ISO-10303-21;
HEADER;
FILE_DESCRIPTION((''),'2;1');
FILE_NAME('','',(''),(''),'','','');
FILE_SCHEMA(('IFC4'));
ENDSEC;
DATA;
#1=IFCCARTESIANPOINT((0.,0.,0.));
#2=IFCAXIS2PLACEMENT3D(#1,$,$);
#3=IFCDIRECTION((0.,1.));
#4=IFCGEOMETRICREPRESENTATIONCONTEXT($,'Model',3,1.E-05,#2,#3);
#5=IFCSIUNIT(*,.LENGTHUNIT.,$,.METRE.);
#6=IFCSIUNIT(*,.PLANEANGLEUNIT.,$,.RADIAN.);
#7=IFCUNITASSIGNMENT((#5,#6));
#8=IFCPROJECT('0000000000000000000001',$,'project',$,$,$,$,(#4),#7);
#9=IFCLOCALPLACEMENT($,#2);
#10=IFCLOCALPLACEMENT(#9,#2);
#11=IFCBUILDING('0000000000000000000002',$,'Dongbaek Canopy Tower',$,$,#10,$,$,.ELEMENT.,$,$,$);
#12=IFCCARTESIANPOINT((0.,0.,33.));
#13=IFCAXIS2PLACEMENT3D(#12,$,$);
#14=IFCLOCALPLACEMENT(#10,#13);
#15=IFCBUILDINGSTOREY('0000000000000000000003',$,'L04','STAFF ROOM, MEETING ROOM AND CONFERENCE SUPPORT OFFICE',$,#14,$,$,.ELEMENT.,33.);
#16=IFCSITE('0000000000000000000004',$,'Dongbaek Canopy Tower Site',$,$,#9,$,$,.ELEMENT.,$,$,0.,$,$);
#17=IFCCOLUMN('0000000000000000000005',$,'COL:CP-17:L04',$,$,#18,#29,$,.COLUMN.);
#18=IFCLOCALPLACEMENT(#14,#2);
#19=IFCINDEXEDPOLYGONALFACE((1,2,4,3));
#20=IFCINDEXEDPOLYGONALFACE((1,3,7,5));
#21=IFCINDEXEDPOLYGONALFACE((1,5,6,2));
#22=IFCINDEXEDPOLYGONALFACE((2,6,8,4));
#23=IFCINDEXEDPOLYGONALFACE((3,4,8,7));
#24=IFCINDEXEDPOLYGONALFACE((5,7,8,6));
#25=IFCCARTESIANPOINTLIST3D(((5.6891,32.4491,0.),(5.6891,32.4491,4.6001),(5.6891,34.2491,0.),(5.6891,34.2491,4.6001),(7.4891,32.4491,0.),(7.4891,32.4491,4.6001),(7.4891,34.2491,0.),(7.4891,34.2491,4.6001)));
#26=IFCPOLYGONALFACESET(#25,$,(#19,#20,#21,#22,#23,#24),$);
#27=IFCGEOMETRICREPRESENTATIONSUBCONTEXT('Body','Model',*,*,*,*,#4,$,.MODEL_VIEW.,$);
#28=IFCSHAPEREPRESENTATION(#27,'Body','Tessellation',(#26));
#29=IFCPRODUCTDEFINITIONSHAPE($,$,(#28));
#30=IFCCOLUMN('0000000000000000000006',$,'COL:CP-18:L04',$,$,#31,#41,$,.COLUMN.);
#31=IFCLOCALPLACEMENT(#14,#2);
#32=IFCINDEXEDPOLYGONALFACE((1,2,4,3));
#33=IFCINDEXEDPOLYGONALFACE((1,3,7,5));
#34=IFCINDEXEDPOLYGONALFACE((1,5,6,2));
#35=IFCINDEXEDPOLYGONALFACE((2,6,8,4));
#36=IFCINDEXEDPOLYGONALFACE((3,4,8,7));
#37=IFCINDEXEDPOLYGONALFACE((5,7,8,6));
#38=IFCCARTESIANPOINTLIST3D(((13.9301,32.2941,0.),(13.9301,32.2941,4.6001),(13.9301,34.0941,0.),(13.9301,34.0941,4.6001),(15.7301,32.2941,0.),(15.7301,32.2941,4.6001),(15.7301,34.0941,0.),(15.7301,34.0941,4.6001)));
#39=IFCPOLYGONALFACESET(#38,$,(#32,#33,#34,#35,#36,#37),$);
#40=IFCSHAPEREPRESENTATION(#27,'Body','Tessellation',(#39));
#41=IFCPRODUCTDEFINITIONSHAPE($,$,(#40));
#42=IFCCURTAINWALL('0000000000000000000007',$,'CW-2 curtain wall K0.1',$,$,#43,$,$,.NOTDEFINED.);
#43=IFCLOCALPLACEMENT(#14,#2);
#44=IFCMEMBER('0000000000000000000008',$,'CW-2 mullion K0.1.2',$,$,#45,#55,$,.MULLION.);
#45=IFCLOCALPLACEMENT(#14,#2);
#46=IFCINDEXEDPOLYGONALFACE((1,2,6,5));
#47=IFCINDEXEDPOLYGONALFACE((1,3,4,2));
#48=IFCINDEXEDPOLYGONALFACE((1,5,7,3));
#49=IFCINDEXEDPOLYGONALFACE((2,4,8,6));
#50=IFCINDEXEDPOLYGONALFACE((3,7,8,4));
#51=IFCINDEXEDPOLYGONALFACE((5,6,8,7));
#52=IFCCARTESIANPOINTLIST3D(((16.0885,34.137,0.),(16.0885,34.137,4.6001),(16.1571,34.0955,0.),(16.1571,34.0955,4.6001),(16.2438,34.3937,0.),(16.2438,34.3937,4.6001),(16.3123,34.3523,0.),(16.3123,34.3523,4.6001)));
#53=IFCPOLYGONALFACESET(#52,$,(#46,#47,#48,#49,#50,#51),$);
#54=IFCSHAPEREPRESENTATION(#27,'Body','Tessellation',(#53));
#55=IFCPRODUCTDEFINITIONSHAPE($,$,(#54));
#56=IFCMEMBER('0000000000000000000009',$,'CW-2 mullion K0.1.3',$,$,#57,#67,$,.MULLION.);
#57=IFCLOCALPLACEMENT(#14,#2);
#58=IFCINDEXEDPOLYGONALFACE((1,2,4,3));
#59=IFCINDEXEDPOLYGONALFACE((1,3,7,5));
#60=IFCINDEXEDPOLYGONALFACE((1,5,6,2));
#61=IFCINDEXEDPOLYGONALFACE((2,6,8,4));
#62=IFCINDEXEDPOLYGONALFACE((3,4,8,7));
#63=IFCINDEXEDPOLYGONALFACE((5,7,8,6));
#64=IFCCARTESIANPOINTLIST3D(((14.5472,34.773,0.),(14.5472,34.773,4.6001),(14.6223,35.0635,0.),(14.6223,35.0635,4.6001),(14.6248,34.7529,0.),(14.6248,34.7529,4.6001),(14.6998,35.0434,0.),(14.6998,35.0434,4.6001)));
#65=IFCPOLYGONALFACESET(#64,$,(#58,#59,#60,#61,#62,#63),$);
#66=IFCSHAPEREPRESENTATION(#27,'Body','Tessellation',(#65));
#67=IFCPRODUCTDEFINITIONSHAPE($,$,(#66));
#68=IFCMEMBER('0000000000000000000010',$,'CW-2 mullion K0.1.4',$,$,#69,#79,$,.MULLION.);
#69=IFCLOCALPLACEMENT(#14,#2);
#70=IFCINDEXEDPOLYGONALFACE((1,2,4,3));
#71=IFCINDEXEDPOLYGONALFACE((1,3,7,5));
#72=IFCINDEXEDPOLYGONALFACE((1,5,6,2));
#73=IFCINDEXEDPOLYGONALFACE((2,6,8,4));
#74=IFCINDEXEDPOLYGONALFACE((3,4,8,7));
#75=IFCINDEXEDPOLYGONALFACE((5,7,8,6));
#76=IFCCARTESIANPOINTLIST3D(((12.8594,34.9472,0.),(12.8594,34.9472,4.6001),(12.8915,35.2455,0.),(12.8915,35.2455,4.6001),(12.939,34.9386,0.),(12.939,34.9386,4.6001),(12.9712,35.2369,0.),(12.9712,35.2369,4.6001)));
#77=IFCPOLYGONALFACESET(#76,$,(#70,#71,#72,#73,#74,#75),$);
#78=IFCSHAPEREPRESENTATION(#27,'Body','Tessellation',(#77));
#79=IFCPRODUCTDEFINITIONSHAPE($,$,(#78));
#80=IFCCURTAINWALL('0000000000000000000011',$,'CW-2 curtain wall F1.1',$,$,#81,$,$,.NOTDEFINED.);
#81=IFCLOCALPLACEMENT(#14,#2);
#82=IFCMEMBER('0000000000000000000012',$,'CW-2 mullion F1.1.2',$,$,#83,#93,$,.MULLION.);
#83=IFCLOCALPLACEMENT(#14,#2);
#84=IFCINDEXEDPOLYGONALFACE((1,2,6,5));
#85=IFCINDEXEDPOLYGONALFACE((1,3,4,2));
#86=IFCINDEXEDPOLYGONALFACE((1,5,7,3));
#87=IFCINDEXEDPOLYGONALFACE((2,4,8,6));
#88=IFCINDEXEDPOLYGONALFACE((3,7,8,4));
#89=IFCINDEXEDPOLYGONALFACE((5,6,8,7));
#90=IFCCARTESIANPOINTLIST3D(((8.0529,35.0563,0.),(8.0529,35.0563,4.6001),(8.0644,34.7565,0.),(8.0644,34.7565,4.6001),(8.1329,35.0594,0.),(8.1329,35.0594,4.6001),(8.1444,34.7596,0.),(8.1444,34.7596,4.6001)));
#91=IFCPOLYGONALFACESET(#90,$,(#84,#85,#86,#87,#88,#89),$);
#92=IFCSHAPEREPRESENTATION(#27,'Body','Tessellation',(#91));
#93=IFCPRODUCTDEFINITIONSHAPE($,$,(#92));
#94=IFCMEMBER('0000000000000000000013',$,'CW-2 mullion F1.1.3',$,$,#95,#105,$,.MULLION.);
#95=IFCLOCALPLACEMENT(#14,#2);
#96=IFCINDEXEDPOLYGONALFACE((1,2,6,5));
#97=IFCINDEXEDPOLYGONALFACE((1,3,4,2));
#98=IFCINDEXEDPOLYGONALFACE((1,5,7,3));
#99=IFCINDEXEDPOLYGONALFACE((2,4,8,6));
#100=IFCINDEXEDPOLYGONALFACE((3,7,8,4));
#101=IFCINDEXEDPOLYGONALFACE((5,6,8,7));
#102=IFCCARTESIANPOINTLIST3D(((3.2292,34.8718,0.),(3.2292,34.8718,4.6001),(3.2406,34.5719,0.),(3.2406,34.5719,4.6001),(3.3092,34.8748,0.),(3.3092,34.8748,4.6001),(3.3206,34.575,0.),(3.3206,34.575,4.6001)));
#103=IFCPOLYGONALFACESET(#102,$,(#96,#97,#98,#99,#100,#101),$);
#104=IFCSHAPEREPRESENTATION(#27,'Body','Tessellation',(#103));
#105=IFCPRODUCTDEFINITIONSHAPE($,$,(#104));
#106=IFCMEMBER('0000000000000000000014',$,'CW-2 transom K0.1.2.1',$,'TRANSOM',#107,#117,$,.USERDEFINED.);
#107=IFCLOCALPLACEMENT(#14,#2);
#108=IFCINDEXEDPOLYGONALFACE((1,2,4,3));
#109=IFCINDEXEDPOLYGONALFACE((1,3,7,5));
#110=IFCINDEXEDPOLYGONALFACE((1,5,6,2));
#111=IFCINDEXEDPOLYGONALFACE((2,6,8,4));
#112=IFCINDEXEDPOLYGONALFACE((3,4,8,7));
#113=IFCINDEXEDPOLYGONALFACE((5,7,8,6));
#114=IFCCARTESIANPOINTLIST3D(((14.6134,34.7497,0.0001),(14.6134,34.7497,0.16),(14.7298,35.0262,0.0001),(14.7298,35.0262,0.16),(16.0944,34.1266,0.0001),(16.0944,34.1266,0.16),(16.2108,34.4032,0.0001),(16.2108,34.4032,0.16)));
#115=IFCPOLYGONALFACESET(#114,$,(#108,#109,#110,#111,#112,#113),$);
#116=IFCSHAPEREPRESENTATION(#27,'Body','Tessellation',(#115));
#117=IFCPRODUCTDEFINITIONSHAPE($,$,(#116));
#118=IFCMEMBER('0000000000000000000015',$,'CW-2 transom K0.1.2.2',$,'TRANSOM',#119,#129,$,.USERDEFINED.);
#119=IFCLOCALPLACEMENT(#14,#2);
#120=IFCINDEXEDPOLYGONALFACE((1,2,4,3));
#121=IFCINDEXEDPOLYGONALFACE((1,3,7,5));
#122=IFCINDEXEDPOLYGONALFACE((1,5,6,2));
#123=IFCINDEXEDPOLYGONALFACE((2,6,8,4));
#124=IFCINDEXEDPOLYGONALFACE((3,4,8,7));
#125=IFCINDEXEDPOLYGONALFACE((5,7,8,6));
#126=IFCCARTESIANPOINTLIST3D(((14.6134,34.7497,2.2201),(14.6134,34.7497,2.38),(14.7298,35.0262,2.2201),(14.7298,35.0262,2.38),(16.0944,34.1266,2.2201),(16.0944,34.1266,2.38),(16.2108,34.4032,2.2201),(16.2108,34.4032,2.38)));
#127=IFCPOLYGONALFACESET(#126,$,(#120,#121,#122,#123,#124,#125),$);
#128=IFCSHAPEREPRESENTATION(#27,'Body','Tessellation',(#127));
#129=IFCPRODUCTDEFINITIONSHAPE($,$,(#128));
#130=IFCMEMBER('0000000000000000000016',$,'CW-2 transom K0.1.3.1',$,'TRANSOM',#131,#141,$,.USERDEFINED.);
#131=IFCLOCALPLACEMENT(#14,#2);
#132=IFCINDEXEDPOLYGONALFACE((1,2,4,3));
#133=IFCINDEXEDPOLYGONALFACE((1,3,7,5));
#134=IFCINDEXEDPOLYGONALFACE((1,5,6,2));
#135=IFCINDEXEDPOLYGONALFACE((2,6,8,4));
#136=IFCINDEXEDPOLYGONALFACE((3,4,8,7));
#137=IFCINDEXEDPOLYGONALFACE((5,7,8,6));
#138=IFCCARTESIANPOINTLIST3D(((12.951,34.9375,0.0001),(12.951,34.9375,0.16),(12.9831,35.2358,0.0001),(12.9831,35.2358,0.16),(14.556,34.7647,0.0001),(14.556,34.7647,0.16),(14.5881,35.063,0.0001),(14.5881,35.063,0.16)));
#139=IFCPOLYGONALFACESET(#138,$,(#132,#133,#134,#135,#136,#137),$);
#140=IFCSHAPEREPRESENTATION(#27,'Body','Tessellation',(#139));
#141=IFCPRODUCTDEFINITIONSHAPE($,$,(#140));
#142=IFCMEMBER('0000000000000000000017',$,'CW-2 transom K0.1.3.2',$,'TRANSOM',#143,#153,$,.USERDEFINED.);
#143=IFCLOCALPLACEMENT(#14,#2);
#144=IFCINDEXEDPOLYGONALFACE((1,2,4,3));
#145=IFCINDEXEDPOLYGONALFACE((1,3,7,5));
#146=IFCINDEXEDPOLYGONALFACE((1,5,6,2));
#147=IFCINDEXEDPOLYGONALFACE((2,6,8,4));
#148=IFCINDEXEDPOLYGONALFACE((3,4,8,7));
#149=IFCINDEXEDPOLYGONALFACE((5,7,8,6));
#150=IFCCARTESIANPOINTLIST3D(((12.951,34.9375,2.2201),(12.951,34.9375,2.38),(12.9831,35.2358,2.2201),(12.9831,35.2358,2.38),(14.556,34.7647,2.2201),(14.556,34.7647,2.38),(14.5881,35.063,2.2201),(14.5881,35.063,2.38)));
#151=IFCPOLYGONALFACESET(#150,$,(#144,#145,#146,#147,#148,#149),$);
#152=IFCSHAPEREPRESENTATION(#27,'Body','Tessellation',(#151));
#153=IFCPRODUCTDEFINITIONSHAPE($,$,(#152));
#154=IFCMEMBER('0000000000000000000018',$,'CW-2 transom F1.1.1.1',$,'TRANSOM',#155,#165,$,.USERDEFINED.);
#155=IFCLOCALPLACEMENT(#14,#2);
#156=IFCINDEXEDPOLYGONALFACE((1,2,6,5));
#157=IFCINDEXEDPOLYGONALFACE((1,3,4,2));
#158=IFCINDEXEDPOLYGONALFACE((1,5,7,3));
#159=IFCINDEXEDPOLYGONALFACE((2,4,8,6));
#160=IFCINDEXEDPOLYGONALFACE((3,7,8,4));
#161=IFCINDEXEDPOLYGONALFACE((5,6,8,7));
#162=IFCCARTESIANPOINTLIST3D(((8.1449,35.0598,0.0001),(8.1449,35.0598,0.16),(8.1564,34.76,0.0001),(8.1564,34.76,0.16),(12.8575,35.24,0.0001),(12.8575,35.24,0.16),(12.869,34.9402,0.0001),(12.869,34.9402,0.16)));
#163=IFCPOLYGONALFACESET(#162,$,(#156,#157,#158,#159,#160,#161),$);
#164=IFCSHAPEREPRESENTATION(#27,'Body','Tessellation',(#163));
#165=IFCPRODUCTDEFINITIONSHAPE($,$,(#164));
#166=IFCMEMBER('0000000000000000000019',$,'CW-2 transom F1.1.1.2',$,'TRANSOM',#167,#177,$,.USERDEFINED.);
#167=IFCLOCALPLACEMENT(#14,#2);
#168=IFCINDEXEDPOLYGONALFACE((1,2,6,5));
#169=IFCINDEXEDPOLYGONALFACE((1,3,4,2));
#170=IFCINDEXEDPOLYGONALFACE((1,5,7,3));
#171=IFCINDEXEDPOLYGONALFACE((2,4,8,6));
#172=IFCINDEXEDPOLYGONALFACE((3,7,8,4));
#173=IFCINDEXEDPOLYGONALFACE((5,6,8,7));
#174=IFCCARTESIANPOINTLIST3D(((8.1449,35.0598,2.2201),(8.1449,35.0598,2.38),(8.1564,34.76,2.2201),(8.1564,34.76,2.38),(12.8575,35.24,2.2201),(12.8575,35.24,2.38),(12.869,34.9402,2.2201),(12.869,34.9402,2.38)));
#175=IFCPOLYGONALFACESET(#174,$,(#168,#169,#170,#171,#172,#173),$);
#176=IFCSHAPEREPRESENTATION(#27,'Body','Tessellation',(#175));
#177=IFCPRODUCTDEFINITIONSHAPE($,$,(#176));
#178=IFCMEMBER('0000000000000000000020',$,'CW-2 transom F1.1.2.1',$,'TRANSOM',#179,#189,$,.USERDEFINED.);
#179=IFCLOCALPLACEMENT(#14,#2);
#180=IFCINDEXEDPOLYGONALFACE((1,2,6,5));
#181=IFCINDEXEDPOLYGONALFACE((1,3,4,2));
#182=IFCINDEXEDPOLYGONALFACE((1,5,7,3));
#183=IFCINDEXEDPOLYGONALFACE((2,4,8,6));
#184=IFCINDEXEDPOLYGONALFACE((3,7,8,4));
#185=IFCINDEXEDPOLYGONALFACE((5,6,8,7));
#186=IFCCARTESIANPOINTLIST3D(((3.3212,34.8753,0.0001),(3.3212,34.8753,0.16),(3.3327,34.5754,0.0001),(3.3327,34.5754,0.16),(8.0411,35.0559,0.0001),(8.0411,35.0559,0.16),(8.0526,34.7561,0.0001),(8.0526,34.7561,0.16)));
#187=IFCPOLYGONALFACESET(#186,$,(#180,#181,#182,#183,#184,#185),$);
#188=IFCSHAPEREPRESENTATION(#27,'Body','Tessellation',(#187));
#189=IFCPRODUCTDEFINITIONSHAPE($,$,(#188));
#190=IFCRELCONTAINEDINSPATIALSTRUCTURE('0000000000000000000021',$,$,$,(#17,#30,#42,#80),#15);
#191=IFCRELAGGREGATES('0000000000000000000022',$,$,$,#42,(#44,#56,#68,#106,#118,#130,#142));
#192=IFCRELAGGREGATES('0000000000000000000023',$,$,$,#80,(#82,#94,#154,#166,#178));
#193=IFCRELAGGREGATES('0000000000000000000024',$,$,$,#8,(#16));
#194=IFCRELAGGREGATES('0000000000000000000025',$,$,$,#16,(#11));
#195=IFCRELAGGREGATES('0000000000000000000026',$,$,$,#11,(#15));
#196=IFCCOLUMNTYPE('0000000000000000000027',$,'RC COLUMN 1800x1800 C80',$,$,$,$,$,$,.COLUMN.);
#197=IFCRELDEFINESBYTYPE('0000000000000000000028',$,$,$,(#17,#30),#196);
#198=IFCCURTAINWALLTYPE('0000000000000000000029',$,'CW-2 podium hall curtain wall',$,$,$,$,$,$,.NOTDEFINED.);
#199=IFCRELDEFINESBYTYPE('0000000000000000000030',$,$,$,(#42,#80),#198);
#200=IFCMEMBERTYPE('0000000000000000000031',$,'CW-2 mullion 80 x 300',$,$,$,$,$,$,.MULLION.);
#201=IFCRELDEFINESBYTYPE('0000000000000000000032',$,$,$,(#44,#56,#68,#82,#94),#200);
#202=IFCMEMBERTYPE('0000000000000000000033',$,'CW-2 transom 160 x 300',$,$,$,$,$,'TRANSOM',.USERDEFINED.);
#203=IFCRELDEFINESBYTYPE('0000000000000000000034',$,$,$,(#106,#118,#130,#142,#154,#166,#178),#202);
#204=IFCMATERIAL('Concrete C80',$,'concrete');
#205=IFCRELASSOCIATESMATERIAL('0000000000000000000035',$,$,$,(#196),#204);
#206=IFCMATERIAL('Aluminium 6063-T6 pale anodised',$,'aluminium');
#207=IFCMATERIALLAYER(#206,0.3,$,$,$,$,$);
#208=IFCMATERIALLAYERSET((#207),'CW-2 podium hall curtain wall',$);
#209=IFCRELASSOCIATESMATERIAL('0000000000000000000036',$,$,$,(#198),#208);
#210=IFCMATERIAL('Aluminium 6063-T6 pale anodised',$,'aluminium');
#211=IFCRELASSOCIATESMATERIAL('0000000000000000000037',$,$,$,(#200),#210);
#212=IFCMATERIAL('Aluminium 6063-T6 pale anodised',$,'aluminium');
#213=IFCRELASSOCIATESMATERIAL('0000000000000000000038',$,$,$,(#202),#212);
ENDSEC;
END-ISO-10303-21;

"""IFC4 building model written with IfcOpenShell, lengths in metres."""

from ifc_helpers import new_model, si_unit, direction, frame, origin, origin_2d, place, context, subcontext, project, spatial, rectangle, extrude, material, layer, layer_set, material_profile, profile_set, type_object, element, aggregate, save


model = new_model("IFC4")

# Units and contexts
model_context = context("Model", 3, precision=1e-05, world=origin(), true_north=direction((0.0, 1.0)))
body_context = subcontext(model_context, "Body", "Model", "MODEL_VIEW")
ifc_project = project(units=[si_unit("LENGTHUNIT", "METRE"), si_unit("PLANEANGLEUNIT", "RADIAN")], contexts=[model_context])

# Site, building, storey
site_placement = place(None, origin())
site = spatial("IfcSite", under=ifc_project, at=site_placement, Name="Dongbaek Canopy Tower Site", CompositionType="ELEMENT", RefElevation=0.0)
building_placement = place(site_placement, origin())
building = spatial("IfcBuilding", under=site, at=building_placement, Name="Dongbaek Canopy Tower", CompositionType="ELEMENT")
storey_placement = place(building_placement, frame((0.0, 0.0, 33.0)))
storey = spatial("IfcBuildingStorey", under=building, at=storey_placement, Name="L04", Description="STAFF ROOM, MEETING ROOM AND CONFERENCE SUPPORT OFFICE", CompositionType="ELEMENT", Elevation=33.0)

# Columns
ifc_material_1 = material(Name="Concrete C80", Category="concrete")
ifc_material_profile_1 = material_profile(ifc_material_1, rectangle(XDim=1.8, YDim=1.8, at=origin_2d()), Name="RC COLUMN 1800x1800 C80")
ifc_profile_set_1 = profile_set([ifc_material_profile_1], Name="Concrete C80")
column_type = type_object("IfcColumnType", Name="RC COLUMN 1800x1800 C80", PredefinedType="COLUMN", material=ifc_profile_set_1)
for number, where, z_axis, x_axis, name in (
    (1, (6.5891, 33.3491, 0.0), (0.0, 0.0, 1.0), (1.0, 0.0, 0.0), "COL:CP-17:L04"),
    (2, (14.8301, 33.1941, 0.0), (0.0, 0.0, 1.0), (1.0, 0.0, 0.0), "COL:CP-18:L04"),
):
    element("IfcColumn", number, at=place(storey_placement, frame(where, z_axis=z_axis, x_axis=x_axis)), inside=storey, type_object=column_type, Name=name, PredefinedType="COLUMN", context=body_context, shape_type="SweptSolid", body=[
        extrude(rectangle(XDim=1.8, YDim=1.8, at=origin_2d()), origin(), (0.0, 0.0, 1.0), 4.6001),
    ])

# Curtain walls, members
ifc_material_2 = material(Name="Aluminium 6063-T6 pale anodised", Category="aluminium")
ifc_layer_1 = layer(ifc_material_2, 0.3)
ifc_layer_set_1 = layer_set([ifc_layer_1], Name="CW-2 podium hall curtain wall")
curtain_wall_type = type_object("IfcCurtainWallType", Name="CW-2 podium hall curtain wall", PredefinedType="NOTDEFINED", material=ifc_layer_set_1)
curtain_wall_1_placement = place(storey_placement, origin())
curtain_wall_1 = element("IfcCurtainWall", 3, at=curtain_wall_1_placement, inside=storey, type_object=curtain_wall_type, Name="CW-2 curtain wall K0.1", PredefinedType="NOTDEFINED")
ifc_material_3 = material(Name="Aluminium 6063-T6 pale anodised", Category="aluminium")
ifc_material_profile_2 = material_profile(ifc_material_3, rectangle(XDim=0.3, YDim=0.0801, at=origin_2d()), Name="CW-2 mullion 80 x 300")
ifc_profile_set_2 = profile_set([ifc_material_profile_2], Name="Aluminium 6063-T6 pale anodised")
member_type_1 = type_object("IfcMemberType", Name="CW-2 mullion 80 x 300", PredefinedType="MULLION", material=ifc_profile_set_2)
member_1_placement = place(storey_placement, frame((16.2004, 34.2446, 0.0), z_axis=(0.0, 0.0, 1.0), x_axis=(0.517431, 0.855725, 0.0)))
member_1 = element("IfcMember", 4, at=member_1_placement, type_object=member_type_1, Name="CW-2 mullion K0.1.2", PredefinedType="MULLION", context=body_context, shape_type="SweptSolid", body=[
    extrude(rectangle(XDim=0.3, YDim=0.0801, at=origin_2d()), origin(), (0.0, 0.0, 1.0), 4.6001),
])
member_2_placement = place(storey_placement, frame((14.6235, 34.9082, 0.0), z_axis=(0.0, 0.0, 1.0), x_axis=(0.250118, 0.968215, 0.0)))
member_2 = element("IfcMember", 5, at=member_2_placement, type_object=member_type_1, Name="CW-2 mullion K0.1.3", PredefinedType="MULLION", context=body_context, shape_type="SweptSolid", body=[
    extrude(rectangle(XDim=0.3, YDim=0.0801, at=origin_2d()), origin(), (0.0, 0.0, 1.0), 4.6001),
])
member_3_placement = place(storey_placement, frame((12.9153, 35.092, 0.0), z_axis=(0.0, 0.0, 1.0), x_axis=(0.107075, 0.994251, 0.0)))
member_3 = element("IfcMember", 6, at=member_3_placement, type_object=member_type_1, Name="CW-2 mullion K0.1.4", PredefinedType="MULLION", context=body_context, shape_type="SweptSolid", body=[
    extrude(rectangle(XDim=0.3, YDim=0.0801, at=origin_2d()), origin(), (0.0, 0.0, 1.0), 4.6001),
])
curtain_wall_2_placement = place(storey_placement, origin())
curtain_wall_2 = element("IfcCurtainWall", 7, at=curtain_wall_2_placement, inside=storey, type_object=curtain_wall_type, Name="CW-2 curtain wall F1.1", PredefinedType="NOTDEFINED")
member_4_placement = place(storey_placement, frame((8.0986, 34.908, 0.0), z_axis=(0.0, 0.0, 1.0), x_axis=(-0.038232, 0.999269, 0.0)))
member_4 = element("IfcMember", 8, at=member_4_placement, type_object=member_type_1, Name="CW-2 mullion F1.1.2", PredefinedType="MULLION", context=body_context, shape_type="SweptSolid", body=[
    extrude(rectangle(XDim=0.3, YDim=0.0801, at=origin_2d()), origin(), (0.0, 0.0, 1.0), 4.6001),
])
member_5_placement = place(storey_placement, frame((3.2749, 34.7234, 0.0), z_axis=(0.0, 0.0, 1.0), x_axis=(-0.038232, 0.999269, 0.0)))
member_5 = element("IfcMember", 9, at=member_5_placement, type_object=member_type_1, Name="CW-2 mullion F1.1.3", PredefinedType="MULLION", context=body_context, shape_type="SweptSolid", body=[
    extrude(rectangle(XDim=0.3, YDim=0.0801, at=origin_2d()), origin(), (0.0, 0.0, 1.0), 4.6001),
])

# Members
ifc_material_4 = material(Name="Aluminium 6063-T6 pale anodised", Category="aluminium")
ifc_material_profile_3 = material_profile(ifc_material_4, rectangle(XDim=0.3, YDim=0.1599, at=origin_2d()), Name="CW-2 transom 160 x 300")
ifc_profile_set_3 = profile_set([ifc_material_profile_3], Name="Aluminium 6063-T6 pale anodised")
member_type_2 = type_object("IfcMemberType", Name="CW-2 transom 160 x 300", ElementType="TRANSOM", PredefinedType="USERDEFINED", material=ifc_profile_set_3)
member_6_placement = place(storey_placement, frame((16.1526, 34.2649, 0.0801), z_axis=(-0.92175, 0.387785, 0.0), x_axis=(-0.387785, -0.92175, 0.0)))
member_6 = element("IfcMember", 10, at=member_6_placement, type_object=member_type_2, Name="CW-2 transom K0.1.2.1", ObjectType="TRANSOM", PredefinedType="USERDEFINED", context=body_context, shape_type="SweptSolid", body=[
    extrude(rectangle(XDim=0.3, YDim=0.1599, at=origin_2d()), origin(), (0.0, 0.0, 1.0), 1.6067),
])
member_7_placement = place(storey_placement, frame((16.1526, 34.2649, 2.3), z_axis=(-0.92175, 0.387785, 0.0), x_axis=(-0.387785, -0.92175, 0.0)))
member_7 = element("IfcMember", 11, at=member_7_placement, type_object=member_type_2, Name="CW-2 transom K0.1.2.2", ObjectType="TRANSOM", PredefinedType="USERDEFINED", context=body_context, shape_type="SweptSolid", body=[
    extrude(rectangle(XDim=0.3, YDim=0.1599, at=origin_2d()), origin(), (0.0, 0.0, 1.0), 1.6067),
])
member_8_placement = place(storey_placement, frame((14.572, 34.9138, 0.0801), z_axis=(-0.994251, 0.107078, 0.0), x_axis=(-0.107078, -0.994251, 0.0)))
member_8 = element("IfcMember", 12, at=member_8_placement, type_object=member_type_2, Name="CW-2 transom K0.1.3.1", ObjectType="TRANSOM", PredefinedType="USERDEFINED", context=body_context, shape_type="SweptSolid", body=[
    extrude(rectangle(XDim=0.3, YDim=0.1599, at=origin_2d()), origin(), (0.0, 0.0, 1.0), 1.6143),
])
member_9_placement = place(storey_placement, frame((14.572, 34.9138, 2.3), z_axis=(-0.994251, 0.107078, 0.0), x_axis=(-0.107078, -0.994251, 0.0)))
member_9 = element("IfcMember", 13, at=member_9_placement, type_object=member_type_2, Name="CW-2 transom K0.1.3.2", ObjectType="TRANSOM", PredefinedType="USERDEFINED", context=body_context, shape_type="SweptSolid", body=[
    extrude(rectangle(XDim=0.3, YDim=0.1599, at=origin_2d()), origin(), (0.0, 0.0, 1.0), 1.6143),
])
member_10_placement = place(storey_placement, frame((12.8633, 35.0901, 0.0801), z_axis=(-0.99927, -0.038204, 0.0), x_axis=(0.038204, -0.99927, 0.0)))
member_10 = element("IfcMember", 14, at=member_10_placement, type_object=member_type_2, Name="CW-2 transom F1.1.1.1", ObjectType="TRANSOM", PredefinedType="USERDEFINED", context=body_context, shape_type="SweptSolid", body=[
    extrude(rectangle(XDim=0.3, YDim=0.1599, at=origin_2d()), origin(), (0.0, 0.0, 1.0), 4.7161),
])
member_11_placement = place(storey_placement, frame((12.8633, 35.0901, 2.3), z_axis=(-0.99927, -0.038204, 0.0), x_axis=(0.038204, -0.99927, 0.0)))
member_11 = element("IfcMember", 15, at=member_11_placement, type_object=member_type_2, Name="CW-2 transom F1.1.1.2", ObjectType="TRANSOM", PredefinedType="USERDEFINED", context=body_context, shape_type="SweptSolid", body=[
    extrude(rectangle(XDim=0.3, YDim=0.1599, at=origin_2d()), origin(), (0.0, 0.0, 1.0), 4.7161),
])
member_12_placement = place(storey_placement, frame((8.0469, 34.906, 0.0801), z_axis=(-0.999268, -0.038249, 0.0), x_axis=(0.038249, -0.999268, 0.0)))
member_12 = element("IfcMember", 16, at=member_12_placement, type_object=member_type_2, Name="CW-2 transom F1.1.2.1", ObjectType="TRANSOM", PredefinedType="USERDEFINED", context=body_context, shape_type="SweptSolid", body=[
    extrude(rectangle(XDim=0.3, YDim=0.1599, at=origin_2d()), origin(), (0.0, 0.0, 1.0), 4.7234),
])

aggregate(curtain_wall_1, [member_1, member_2, member_3, member_6, member_7, member_8, member_9])
aggregate(curtain_wall_2, [member_4, member_5, member_10, member_11, member_12])

save(model, "model.ifc")
